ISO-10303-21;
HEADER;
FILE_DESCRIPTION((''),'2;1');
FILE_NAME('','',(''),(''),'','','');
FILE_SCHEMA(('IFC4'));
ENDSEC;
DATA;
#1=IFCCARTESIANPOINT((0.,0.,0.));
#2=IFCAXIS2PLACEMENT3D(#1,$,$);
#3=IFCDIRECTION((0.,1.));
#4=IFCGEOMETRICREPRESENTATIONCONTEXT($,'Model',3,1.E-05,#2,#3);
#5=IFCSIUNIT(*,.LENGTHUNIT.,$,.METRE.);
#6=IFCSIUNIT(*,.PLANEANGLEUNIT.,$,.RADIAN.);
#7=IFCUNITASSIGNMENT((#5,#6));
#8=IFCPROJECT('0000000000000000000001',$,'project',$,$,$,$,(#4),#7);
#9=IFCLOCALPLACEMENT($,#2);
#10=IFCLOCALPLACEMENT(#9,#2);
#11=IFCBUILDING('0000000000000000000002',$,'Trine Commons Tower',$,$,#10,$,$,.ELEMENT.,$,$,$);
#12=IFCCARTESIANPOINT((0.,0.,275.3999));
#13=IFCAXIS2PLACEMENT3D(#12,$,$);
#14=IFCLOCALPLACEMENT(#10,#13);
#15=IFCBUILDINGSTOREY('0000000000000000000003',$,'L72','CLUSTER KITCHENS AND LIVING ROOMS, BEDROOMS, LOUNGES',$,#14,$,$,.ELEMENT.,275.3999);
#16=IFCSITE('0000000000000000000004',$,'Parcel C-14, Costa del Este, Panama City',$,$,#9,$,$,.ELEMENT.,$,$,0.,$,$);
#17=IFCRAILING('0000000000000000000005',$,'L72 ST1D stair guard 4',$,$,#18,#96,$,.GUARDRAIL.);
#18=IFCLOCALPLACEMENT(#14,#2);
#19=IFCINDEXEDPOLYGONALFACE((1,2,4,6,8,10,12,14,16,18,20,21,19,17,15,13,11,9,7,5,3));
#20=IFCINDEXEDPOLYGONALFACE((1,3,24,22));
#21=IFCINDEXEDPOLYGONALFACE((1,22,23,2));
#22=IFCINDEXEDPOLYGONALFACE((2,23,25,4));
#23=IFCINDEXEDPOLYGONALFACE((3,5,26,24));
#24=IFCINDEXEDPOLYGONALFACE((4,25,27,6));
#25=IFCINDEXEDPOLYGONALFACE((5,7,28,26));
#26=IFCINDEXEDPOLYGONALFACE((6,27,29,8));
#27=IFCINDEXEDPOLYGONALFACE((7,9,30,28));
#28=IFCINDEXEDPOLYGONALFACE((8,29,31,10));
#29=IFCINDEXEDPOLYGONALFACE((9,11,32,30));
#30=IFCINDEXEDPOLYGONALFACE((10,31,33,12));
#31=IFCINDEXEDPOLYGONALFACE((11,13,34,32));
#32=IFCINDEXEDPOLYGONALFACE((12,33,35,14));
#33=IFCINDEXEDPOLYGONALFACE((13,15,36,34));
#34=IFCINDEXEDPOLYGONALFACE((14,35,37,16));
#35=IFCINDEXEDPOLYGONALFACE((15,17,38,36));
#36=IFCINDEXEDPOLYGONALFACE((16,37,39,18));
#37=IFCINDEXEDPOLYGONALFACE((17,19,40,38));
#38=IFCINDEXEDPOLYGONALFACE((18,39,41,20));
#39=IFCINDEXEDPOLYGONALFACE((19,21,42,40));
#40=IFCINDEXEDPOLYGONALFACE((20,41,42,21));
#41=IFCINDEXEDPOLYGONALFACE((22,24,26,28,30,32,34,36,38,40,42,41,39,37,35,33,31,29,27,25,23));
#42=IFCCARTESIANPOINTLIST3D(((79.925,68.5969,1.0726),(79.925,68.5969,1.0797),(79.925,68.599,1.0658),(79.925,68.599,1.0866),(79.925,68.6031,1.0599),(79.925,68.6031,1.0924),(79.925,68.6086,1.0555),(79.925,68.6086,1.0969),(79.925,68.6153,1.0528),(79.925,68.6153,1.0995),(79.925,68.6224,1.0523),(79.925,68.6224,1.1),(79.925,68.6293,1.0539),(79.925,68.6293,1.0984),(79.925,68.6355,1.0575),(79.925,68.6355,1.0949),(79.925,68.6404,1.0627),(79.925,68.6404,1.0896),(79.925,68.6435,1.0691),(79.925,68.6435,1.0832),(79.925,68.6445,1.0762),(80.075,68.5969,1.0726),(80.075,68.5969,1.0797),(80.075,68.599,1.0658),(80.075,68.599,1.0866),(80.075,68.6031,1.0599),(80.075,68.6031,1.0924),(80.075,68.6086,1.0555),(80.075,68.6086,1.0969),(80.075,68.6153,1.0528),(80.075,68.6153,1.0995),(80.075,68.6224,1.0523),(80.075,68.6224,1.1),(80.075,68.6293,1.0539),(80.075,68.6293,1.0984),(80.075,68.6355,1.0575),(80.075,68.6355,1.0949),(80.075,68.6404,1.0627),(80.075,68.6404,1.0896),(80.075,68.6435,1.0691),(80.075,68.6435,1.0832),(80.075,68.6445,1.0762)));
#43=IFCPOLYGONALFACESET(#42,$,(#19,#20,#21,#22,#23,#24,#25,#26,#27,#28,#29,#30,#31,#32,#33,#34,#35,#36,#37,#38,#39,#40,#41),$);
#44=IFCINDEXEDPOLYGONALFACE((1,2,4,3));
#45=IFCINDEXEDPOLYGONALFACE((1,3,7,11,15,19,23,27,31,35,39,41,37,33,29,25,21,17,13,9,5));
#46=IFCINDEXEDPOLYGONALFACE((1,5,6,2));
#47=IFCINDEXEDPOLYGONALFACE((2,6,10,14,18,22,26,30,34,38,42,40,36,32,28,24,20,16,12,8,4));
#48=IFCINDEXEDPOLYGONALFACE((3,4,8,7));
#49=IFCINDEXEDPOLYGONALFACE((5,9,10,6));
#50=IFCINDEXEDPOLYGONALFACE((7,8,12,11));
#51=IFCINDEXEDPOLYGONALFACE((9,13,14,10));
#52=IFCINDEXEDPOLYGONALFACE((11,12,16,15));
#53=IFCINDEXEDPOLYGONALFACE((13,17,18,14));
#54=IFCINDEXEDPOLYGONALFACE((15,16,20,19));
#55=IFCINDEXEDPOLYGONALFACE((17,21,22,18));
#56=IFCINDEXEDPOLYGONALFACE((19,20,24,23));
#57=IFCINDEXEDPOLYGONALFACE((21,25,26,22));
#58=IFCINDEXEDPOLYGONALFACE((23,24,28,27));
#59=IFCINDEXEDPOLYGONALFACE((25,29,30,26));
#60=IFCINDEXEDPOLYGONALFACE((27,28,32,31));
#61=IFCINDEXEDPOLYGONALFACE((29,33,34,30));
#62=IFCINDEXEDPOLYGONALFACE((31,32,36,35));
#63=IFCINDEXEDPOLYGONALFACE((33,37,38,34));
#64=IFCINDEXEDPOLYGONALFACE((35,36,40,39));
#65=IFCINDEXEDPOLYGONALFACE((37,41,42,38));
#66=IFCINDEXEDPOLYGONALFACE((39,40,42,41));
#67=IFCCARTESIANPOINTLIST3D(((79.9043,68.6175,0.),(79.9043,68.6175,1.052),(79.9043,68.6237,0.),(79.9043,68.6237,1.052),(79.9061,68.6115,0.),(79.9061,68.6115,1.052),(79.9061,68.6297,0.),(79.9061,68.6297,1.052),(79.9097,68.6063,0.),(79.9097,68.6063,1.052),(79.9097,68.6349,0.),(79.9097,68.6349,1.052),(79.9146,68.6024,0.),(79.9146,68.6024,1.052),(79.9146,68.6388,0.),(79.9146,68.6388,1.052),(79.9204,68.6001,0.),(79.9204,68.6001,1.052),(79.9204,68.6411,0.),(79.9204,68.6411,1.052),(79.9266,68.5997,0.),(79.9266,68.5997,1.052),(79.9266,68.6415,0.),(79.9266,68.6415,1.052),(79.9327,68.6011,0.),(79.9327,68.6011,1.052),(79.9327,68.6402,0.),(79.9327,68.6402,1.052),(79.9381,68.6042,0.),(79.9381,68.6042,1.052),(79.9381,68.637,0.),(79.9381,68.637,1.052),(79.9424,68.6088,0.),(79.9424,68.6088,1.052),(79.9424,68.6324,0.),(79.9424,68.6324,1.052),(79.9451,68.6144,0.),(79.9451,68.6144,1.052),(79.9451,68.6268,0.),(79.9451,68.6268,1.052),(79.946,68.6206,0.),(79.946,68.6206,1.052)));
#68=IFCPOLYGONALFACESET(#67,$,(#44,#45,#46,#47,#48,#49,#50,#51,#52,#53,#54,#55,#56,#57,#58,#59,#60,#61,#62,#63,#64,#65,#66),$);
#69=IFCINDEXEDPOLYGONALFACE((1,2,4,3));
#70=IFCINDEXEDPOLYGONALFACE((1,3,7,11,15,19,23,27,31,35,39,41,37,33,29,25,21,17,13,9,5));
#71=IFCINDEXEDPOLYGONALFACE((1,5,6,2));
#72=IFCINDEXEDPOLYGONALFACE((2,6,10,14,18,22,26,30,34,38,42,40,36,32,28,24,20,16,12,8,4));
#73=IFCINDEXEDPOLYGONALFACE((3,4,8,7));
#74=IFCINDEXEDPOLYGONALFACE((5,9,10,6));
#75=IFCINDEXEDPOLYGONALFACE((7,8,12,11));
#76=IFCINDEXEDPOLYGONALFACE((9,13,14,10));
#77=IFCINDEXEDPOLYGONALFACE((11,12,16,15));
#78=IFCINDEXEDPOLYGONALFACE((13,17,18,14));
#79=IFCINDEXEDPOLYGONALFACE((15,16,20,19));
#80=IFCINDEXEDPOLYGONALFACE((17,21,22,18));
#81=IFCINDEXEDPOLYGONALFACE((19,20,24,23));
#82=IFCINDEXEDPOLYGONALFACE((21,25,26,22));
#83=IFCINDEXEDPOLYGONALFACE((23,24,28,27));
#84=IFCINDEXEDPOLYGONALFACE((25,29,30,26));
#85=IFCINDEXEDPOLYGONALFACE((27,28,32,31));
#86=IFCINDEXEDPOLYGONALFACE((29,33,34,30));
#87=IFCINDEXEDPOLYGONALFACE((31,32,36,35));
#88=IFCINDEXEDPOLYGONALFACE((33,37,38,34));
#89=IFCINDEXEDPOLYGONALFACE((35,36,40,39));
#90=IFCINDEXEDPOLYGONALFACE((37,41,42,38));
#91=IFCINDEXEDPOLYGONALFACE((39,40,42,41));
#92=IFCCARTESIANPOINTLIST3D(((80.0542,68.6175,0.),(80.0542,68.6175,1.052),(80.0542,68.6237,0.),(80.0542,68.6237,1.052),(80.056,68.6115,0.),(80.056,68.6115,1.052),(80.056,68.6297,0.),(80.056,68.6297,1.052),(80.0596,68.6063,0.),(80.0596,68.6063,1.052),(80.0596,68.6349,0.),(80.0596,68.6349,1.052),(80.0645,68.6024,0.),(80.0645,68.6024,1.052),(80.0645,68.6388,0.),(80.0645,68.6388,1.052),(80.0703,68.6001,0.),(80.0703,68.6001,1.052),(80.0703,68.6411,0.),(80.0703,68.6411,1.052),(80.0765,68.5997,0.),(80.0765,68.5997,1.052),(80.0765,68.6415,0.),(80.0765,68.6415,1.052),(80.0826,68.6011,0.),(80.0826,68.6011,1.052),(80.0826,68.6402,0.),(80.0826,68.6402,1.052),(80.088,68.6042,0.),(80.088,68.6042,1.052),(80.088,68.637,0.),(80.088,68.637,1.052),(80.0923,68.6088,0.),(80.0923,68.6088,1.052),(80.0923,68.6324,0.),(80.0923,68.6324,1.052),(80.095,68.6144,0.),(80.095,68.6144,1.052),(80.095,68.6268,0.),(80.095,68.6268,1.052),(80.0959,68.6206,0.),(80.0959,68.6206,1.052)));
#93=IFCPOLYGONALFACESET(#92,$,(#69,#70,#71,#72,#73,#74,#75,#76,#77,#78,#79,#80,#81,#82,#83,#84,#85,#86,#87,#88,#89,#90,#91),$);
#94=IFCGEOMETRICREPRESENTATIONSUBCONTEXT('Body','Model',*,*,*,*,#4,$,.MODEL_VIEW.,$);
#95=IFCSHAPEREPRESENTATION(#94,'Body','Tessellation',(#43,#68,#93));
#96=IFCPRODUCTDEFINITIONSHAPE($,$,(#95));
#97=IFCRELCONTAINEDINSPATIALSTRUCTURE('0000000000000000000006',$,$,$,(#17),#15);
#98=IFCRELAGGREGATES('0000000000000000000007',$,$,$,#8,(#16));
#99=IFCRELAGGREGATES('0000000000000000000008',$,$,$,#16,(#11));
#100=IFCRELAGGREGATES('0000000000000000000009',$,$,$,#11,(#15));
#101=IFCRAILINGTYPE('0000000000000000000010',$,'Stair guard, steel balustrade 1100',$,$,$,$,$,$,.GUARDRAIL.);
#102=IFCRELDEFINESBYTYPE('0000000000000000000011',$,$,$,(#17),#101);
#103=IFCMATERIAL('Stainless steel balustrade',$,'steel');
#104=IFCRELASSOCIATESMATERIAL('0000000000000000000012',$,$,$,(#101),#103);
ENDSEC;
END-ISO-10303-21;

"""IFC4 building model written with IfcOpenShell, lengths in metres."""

from ifc_helpers import new_model, si_unit, direction, frame, origin, origin_2d, place, context, subcontext, project, spatial, circle, extrude, material, type_object, element, save


model = new_model("IFC4")

# Units and contexts
model_context = context("Model", 3, precision=1e-05, world=origin(), true_north=direction((0.0, 1.0)))
body_context = subcontext(model_context, "Body", "Model", "MODEL_VIEW")
ifc_project = project(units=[si_unit("LENGTHUNIT", "METRE"), si_unit("PLANEANGLEUNIT", "RADIAN")], contexts=[model_context])

# Site, building, storey
site_placement = place(None, origin())
site = spatial("IfcSite", under=ifc_project, at=site_placement, Name="Parcel C-14, Costa del Este, Panama City", CompositionType="ELEMENT", RefElevation=0.0)
building_placement = place(site_placement, origin())
building = spatial("IfcBuilding", under=site, at=building_placement, Name="Trine Commons Tower", CompositionType="ELEMENT")
storey_placement = place(building_placement, frame((0.0, 0.0, 275.3999)))
storey = spatial("IfcBuildingStorey", under=building, at=storey_placement, Name="L72", Description="CLUSTER KITCHENS AND LIVING ROOMS, BEDROOMS, LOUNGES", CompositionType="ELEMENT", Elevation=275.3999)

# Railing
ifc_material_1 = material(Name="Stainless steel balustrade", Category="steel")
railing_type = type_object("IfcRailingType", Name="Stair guard, steel balustrade 1100", PredefinedType="GUARDRAIL", material=ifc_material_1)
railing_1_placement = place(storey_placement, frame((79.925, 68.6206, 0.0)))
element("IfcRailing", 1, at=railing_1_placement, inside=storey, type_object=railing_type, Name="L72 ST1D stair guard 4", PredefinedType="GUARDRAIL", context=body_context, shape_type="SweptSolid", body=[
    extrude(circle(Radius=0.0239, at=origin_2d()), frame((0.0, 0.0, 1.0762), z_axis=(1.0, 0.0, 0.0), x_axis=(0.0, 1.0, 0.0)), (0.0, 0.0, 1.0), 0.1499),
    extrude(circle(Radius=0.021, at=origin_2d()), origin(), (0.0, 0.0, 1.0), 1.052),
    extrude(circle(Radius=0.021, at=origin_2d()), frame((0.1499, 0.0, 0.0)), (0.0, 0.0, 1.0), 1.052),
])

save(model, "model.ifc")
